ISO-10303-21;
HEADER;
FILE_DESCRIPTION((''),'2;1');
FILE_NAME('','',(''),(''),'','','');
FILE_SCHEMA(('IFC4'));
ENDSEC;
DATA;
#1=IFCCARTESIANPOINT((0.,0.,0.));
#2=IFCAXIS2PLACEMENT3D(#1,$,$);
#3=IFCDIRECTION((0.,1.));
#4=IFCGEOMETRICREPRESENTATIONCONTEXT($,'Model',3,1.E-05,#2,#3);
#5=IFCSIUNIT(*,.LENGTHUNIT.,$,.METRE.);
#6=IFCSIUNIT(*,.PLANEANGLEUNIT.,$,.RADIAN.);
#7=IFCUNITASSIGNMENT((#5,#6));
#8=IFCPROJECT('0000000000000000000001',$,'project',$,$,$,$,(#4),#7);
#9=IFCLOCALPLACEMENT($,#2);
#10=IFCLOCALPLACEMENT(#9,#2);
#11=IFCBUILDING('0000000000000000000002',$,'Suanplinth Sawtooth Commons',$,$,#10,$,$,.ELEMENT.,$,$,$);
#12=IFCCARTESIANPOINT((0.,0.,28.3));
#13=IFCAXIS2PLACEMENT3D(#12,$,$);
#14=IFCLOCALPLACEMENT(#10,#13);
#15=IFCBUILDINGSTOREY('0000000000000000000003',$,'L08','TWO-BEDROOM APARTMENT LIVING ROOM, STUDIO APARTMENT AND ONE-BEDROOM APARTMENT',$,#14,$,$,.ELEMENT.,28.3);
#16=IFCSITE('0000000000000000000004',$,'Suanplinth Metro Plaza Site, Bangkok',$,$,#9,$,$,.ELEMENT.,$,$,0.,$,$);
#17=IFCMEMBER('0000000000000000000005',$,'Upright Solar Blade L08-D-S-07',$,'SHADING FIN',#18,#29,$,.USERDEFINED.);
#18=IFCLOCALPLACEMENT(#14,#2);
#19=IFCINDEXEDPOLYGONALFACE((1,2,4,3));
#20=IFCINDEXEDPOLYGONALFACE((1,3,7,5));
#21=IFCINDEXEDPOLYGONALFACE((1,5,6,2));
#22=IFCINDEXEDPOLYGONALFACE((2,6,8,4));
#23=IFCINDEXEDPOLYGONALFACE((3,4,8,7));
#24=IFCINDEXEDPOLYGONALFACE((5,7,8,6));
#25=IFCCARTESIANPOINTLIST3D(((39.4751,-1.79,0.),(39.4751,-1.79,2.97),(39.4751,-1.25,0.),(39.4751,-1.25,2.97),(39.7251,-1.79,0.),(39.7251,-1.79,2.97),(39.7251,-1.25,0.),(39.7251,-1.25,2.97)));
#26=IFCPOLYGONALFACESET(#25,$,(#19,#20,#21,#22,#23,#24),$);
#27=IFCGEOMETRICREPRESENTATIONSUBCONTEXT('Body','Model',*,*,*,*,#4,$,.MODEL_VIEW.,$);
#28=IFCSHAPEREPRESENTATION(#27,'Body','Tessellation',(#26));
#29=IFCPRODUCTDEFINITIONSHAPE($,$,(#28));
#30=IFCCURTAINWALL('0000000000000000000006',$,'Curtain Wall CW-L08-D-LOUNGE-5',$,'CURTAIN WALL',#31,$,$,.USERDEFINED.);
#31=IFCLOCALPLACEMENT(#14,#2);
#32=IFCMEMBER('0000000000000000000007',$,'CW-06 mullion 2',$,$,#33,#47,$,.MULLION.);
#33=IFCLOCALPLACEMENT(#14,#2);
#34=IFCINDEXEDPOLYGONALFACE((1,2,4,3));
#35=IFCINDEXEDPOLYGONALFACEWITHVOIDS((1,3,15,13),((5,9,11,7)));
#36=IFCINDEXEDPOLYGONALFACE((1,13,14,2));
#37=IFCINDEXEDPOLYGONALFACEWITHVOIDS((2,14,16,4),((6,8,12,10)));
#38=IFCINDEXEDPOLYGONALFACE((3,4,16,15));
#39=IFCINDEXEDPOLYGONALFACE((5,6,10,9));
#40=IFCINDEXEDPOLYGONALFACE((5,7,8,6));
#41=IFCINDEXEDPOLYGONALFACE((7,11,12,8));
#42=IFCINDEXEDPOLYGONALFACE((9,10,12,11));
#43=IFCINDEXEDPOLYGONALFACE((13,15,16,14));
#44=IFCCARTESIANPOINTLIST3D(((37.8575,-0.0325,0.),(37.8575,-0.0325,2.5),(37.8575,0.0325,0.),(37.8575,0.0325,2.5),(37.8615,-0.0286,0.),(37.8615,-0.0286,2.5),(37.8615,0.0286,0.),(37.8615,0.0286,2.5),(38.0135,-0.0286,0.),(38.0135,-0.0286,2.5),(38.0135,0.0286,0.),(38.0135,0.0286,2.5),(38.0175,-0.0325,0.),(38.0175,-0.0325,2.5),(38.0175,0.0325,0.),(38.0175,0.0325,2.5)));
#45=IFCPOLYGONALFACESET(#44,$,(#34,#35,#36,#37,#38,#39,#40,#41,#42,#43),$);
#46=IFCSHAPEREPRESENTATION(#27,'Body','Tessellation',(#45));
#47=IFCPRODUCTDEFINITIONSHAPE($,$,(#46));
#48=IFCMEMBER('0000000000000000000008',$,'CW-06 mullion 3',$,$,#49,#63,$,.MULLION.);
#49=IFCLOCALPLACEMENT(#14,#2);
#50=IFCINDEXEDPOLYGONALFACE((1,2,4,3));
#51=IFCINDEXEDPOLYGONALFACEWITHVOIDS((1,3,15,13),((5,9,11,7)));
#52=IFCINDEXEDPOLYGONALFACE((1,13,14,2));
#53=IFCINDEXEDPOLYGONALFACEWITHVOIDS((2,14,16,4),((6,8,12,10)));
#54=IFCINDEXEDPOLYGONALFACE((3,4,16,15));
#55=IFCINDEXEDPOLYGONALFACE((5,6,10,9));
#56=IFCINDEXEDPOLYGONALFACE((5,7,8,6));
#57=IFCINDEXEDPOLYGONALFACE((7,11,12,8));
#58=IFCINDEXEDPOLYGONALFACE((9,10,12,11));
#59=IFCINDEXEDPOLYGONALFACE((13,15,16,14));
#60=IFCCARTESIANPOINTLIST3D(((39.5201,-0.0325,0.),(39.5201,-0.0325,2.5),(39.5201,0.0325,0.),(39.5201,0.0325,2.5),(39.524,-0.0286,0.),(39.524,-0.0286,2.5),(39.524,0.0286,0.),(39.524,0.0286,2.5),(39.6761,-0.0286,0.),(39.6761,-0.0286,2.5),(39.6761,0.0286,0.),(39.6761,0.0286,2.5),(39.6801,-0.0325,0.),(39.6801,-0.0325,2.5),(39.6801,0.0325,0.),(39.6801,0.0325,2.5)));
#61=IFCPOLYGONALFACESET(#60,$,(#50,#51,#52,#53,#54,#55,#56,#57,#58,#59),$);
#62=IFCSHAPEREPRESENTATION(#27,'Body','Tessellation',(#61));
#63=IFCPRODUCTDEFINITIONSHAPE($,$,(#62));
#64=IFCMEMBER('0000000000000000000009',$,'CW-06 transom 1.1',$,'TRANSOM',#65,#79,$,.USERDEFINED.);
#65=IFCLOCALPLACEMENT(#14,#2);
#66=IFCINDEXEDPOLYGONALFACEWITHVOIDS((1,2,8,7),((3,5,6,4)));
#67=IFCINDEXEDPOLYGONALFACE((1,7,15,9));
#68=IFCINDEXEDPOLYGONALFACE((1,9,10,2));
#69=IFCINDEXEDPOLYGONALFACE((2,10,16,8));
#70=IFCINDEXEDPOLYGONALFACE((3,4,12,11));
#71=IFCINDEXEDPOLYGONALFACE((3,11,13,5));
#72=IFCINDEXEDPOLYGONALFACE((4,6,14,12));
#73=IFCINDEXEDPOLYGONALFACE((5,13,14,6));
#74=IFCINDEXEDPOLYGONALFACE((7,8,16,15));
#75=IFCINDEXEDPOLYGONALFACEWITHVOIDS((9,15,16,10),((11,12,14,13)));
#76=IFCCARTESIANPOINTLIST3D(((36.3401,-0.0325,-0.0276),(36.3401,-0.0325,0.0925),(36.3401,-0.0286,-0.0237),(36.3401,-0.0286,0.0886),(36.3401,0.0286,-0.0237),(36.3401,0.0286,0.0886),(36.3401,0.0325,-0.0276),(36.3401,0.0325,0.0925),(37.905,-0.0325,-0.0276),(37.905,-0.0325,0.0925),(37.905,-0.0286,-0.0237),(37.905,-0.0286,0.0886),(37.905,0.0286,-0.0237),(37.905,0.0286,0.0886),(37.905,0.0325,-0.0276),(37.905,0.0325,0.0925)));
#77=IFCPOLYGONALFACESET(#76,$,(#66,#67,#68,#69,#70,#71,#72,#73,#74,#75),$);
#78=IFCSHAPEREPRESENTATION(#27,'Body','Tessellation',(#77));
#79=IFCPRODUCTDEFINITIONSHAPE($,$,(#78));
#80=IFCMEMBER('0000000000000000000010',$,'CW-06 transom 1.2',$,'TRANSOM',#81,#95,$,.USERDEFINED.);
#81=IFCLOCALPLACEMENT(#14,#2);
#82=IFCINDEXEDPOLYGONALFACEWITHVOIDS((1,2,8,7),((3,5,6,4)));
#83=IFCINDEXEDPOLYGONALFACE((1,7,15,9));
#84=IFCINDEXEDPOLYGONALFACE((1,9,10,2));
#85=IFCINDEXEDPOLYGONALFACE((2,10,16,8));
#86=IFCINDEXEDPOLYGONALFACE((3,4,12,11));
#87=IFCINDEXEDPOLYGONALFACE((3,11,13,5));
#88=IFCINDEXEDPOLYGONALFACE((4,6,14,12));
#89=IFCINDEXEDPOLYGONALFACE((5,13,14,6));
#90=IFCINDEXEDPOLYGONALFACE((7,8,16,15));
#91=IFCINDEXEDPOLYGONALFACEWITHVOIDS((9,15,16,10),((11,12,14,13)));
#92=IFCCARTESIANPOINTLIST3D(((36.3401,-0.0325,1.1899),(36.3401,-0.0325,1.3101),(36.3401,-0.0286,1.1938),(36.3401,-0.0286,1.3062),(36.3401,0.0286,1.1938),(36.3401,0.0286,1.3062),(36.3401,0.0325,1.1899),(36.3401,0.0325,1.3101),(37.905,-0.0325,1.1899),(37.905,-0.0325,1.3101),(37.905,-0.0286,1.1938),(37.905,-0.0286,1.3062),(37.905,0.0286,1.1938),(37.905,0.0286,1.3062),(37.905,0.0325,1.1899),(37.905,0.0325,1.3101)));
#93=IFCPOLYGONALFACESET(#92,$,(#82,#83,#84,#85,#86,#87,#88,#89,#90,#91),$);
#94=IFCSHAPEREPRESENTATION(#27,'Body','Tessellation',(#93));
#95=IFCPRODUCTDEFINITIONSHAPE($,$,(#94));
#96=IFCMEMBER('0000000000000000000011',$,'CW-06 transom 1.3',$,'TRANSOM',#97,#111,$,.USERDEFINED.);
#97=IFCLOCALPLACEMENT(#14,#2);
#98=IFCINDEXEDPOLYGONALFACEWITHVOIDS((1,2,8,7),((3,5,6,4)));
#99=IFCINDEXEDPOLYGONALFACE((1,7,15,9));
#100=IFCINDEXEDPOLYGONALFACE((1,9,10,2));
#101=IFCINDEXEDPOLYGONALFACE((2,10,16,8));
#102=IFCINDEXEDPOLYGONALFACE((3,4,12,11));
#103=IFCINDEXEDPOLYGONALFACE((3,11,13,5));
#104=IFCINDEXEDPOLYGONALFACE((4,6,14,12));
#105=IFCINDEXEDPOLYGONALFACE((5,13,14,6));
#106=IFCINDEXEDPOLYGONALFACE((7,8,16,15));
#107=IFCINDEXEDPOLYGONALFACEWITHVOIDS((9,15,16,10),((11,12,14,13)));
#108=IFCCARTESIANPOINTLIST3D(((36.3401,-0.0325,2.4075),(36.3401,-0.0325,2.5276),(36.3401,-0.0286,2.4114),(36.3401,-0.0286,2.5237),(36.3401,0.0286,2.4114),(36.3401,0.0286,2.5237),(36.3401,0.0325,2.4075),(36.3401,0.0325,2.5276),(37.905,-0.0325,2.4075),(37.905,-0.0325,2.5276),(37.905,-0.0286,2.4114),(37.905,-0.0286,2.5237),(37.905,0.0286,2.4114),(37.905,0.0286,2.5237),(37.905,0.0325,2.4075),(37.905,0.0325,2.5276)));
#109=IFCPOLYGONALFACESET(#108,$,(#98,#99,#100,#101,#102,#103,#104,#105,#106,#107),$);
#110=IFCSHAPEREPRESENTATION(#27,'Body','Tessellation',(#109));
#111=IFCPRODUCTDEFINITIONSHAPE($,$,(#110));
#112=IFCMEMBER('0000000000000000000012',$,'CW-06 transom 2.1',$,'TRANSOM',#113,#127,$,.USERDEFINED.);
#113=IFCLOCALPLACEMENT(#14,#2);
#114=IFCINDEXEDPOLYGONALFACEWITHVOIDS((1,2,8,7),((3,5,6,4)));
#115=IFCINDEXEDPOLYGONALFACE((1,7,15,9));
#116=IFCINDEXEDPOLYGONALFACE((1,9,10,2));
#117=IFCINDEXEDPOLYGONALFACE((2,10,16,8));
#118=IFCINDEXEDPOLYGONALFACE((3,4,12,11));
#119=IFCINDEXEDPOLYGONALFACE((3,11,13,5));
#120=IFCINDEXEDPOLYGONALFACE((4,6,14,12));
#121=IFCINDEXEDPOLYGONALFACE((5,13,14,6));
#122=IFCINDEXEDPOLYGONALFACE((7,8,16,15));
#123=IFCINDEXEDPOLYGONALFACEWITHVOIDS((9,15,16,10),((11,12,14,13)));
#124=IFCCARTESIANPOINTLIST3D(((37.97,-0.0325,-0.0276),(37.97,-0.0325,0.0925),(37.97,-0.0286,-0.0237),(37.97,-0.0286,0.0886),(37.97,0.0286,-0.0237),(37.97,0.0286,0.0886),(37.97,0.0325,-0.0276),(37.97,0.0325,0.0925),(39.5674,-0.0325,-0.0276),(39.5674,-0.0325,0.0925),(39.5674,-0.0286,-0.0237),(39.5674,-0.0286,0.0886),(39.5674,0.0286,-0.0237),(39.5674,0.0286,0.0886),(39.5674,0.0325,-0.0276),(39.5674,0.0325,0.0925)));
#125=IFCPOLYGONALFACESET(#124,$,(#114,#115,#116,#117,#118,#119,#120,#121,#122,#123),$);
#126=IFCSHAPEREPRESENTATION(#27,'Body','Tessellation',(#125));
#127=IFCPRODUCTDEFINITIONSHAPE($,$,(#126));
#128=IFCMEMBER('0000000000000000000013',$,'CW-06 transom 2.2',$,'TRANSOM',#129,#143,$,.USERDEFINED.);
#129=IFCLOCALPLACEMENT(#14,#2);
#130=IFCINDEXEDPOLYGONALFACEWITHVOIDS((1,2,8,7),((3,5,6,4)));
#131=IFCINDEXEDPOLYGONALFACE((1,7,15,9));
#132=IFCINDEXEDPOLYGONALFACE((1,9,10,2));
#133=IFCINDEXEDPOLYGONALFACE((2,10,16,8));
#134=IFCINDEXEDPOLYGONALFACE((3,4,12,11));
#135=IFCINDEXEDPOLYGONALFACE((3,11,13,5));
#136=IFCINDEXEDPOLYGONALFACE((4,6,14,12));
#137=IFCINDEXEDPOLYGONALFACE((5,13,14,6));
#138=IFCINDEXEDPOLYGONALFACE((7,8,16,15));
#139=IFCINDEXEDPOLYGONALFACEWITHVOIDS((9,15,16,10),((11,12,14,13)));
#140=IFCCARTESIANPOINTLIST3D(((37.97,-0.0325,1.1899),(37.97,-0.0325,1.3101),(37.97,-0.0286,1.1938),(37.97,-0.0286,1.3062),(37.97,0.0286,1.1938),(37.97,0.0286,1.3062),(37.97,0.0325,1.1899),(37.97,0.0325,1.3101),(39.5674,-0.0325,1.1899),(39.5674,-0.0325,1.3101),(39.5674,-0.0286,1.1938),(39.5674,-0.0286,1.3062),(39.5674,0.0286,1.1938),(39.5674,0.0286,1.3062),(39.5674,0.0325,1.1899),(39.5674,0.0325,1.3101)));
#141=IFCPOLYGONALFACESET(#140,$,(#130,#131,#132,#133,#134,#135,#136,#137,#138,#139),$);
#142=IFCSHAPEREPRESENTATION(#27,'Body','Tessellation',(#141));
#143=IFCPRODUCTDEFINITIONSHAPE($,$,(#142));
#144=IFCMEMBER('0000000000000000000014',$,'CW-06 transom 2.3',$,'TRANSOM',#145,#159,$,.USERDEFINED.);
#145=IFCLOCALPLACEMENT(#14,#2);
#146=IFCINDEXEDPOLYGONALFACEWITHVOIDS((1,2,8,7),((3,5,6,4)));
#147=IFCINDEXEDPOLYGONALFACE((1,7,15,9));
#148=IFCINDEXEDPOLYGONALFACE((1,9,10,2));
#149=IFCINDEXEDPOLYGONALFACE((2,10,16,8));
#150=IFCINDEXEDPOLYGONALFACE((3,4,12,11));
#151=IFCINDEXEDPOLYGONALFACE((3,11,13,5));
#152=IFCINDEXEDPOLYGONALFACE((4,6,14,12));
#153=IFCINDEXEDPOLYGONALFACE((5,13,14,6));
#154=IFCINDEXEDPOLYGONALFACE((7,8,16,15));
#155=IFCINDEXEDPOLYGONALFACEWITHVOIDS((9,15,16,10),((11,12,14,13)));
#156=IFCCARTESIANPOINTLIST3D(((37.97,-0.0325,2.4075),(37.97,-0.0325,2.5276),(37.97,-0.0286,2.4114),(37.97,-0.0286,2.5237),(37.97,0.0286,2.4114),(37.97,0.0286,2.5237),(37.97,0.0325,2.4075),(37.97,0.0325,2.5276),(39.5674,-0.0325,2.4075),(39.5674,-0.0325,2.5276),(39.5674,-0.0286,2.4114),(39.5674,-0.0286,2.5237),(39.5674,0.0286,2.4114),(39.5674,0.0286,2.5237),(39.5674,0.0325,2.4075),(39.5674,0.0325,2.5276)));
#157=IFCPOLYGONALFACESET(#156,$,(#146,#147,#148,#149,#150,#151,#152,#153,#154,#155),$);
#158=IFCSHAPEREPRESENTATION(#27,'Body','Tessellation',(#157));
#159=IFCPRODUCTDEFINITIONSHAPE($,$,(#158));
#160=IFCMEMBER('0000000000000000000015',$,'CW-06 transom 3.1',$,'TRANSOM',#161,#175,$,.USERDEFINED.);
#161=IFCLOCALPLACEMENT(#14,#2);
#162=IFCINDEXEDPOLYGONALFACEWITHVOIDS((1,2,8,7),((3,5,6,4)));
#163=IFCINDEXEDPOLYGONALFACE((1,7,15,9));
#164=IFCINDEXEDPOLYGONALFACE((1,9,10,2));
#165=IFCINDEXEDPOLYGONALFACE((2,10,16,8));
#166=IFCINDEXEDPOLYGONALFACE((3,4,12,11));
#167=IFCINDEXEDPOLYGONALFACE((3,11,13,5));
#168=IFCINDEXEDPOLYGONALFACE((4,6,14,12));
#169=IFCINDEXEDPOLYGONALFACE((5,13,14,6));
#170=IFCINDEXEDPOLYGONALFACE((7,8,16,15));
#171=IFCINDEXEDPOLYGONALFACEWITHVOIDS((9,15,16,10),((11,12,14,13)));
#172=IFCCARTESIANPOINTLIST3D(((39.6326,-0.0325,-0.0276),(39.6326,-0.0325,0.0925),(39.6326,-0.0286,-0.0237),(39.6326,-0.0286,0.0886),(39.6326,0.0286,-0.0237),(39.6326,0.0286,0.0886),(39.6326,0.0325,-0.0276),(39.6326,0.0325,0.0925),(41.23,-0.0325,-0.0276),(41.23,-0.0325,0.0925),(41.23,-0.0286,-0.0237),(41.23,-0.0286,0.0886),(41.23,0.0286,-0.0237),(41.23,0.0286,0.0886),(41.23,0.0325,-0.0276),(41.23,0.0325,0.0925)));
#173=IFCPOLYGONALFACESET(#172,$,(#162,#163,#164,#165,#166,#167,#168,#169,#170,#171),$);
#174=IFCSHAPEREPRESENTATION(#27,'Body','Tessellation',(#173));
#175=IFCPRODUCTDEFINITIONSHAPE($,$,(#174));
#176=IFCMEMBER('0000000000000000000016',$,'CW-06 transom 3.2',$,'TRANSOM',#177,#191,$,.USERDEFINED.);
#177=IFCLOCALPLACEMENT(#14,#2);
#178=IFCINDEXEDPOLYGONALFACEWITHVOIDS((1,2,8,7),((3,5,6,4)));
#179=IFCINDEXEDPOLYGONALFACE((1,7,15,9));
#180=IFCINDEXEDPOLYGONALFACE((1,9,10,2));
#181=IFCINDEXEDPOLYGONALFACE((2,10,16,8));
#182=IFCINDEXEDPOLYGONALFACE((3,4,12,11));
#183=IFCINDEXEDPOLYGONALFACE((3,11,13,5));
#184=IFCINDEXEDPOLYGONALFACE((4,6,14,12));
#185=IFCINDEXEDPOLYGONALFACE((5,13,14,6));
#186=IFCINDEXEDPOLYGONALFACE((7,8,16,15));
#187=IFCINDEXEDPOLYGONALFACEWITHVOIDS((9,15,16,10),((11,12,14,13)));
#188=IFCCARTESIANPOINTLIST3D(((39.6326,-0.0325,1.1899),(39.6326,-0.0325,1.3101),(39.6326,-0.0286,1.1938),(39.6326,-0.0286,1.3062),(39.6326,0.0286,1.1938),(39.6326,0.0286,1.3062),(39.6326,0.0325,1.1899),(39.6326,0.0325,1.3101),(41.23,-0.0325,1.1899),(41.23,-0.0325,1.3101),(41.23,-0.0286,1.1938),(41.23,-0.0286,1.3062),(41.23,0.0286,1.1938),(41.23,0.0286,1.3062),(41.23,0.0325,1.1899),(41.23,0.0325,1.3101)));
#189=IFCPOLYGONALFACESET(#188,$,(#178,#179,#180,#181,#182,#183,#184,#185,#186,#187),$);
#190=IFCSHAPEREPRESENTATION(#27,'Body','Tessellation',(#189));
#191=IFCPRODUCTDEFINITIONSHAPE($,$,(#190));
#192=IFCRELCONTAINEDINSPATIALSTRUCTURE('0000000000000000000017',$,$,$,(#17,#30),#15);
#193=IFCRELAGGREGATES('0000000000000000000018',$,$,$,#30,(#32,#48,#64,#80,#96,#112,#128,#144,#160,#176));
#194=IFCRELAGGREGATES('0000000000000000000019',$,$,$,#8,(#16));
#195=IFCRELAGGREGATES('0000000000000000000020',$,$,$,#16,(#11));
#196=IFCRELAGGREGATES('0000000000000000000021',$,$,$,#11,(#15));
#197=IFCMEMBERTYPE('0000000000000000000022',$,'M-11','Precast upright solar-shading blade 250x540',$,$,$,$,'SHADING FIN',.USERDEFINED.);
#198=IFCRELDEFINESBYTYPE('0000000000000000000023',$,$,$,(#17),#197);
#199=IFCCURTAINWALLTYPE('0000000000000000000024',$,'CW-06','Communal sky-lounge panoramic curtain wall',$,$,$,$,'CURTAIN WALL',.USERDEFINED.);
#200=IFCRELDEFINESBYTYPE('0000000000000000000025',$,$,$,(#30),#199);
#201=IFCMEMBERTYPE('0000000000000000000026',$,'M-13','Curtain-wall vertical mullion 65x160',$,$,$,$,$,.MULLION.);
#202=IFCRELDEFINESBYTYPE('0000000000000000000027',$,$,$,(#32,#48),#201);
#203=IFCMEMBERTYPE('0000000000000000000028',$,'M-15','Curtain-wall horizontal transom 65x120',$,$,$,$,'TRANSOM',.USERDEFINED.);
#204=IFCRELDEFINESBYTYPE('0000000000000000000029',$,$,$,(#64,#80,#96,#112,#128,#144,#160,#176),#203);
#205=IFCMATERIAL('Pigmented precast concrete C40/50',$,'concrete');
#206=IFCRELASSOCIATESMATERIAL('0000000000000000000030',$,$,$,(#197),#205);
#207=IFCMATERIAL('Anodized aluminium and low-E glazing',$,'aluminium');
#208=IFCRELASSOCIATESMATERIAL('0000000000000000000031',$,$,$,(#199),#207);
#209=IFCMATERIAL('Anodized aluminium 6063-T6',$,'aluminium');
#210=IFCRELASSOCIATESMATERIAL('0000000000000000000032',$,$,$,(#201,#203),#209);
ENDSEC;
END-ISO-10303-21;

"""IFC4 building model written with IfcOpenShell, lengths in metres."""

from ifc_helpers import new_model, si_unit, direction, frame, origin, origin_2d, place, context, subcontext, project, spatial, rectangle, hollow_rectangle, extrude, material, material_profile, profile_set, type_object, element, aggregate, save


model = new_model("IFC4")

# Units and contexts
model_context = context("Model", 3, precision=1e-05, world=origin(), true_north=direction((0.0, 1.0)))
body_context = subcontext(model_context, "Body", "Model", "MODEL_VIEW")
ifc_project = project(units=[si_unit("LENGTHUNIT", "METRE"), si_unit("PLANEANGLEUNIT", "RADIAN")], contexts=[model_context])

# Site, building, storey
site_placement = place(None, origin())
site = spatial("IfcSite", under=ifc_project, at=site_placement, Name="Suanplinth Metro Plaza Site, Bangkok", CompositionType="ELEMENT", RefElevation=0.0)
building_placement = place(site_placement, origin())
building = spatial("IfcBuilding", under=site, at=building_placement, Name="Suanplinth Sawtooth Commons", CompositionType="ELEMENT")
storey_placement = place(building_placement, frame((0.0, 0.0, 28.3)))
storey = spatial("IfcBuildingStorey", under=building, at=storey_placement, Name="L08", Description="TWO-BEDROOM APARTMENT LIVING ROOM, STUDIO APARTMENT AND ONE-BEDROOM APARTMENT", CompositionType="ELEMENT", Elevation=28.3)

# Member
ifc_material_1 = material(Name="Pigmented precast concrete C40/50", Category="concrete")
ifc_material_profile_1 = material_profile(ifc_material_1, rectangle(XDim=0.25, YDim=0.54, at=origin_2d()), Name="PC-FIN 250x540")
ifc_profile_set_1 = profile_set([ifc_material_profile_1], Name="Pigmented precast concrete C40/50")
member_type_1 = type_object("IfcMemberType", Name="M-11", Description="Precast upright solar-shading blade 250x540", ElementType="SHADING FIN", PredefinedType="USERDEFINED", material=ifc_profile_set_1)
member_1_placement = place(storey_placement, frame((39.6001, -1.52, 0.0), z_axis=(0.0, 0.0, 1.0), x_axis=(1.0, 0.0, 0.0)))
element("IfcMember", 1, at=member_1_placement, inside=storey, type_object=member_type_1, Name="Upright Solar Blade L08-D-S-07", ObjectType="SHADING FIN", PredefinedType="USERDEFINED", context=body_context, shape_type="SweptSolid", body=[
    extrude(rectangle(XDim=0.25, YDim=0.54, at=origin_2d()), origin(), (0.0, 0.0, 1.0), 2.97),
])

# Curtain wall, members
ifc_material_2 = material(Name="Anodized aluminium and low-E glazing", Category="aluminium")
curtain_wall_type = type_object("IfcCurtainWallType", Name="CW-06", Description="Communal sky-lounge panoramic curtain wall", ElementType="CURTAIN WALL", PredefinedType="USERDEFINED", material=ifc_material_2)
curtain_wall_placement = place(storey_placement, origin())
curtain_wall = element("IfcCurtainWall", 2, at=curtain_wall_placement, inside=storey, type_object=curtain_wall_type, Name="Curtain Wall CW-L08-D-LOUNGE-5", ObjectType="CURTAIN WALL", PredefinedType="USERDEFINED")
ifc_material_3 = material(Name="Anodized aluminium 6063-T6", Category="aluminium")
ifc_material_profile_2 = material_profile(ifc_material_3, hollow_rectangle(XDim=0.0649, YDim=0.1599, WallThickness=0.0039, at=origin_2d()), Name="ALU-MUL 65x160")
ifc_profile_set_2 = profile_set([ifc_material_profile_2], Name="Anodized aluminium 6063-T6")
member_type_2 = type_object("IfcMemberType", Name="M-13", Description="Curtain-wall vertical mullion 65x160", PredefinedType="MULLION", material=ifc_profile_set_2)
member_2_placement = place(storey_placement, frame((37.9375, 0.0, 0.0), z_axis=(0.0, 0.0, 1.0), x_axis=(0.0, 1.0, 0.0)))
member_2 = element("IfcMember", 3, at=member_2_placement, type_object=member_type_2, Name="CW-06 mullion 2", PredefinedType="MULLION", context=body_context, shape_type="SweptSolid", body=[
    extrude(hollow_rectangle(XDim=0.0649, YDim=0.1599, WallThickness=0.0039, at=origin_2d()), origin(), (0.0, 0.0, 1.0), 2.5),
])
member_3_placement = place(storey_placement, frame((39.6001, 0.0, 0.0), z_axis=(0.0, 0.0, 1.0), x_axis=(0.0, 1.0, 0.0)))
member_3 = element("IfcMember", 4, at=member_3_placement, type_object=member_type_2, Name="CW-06 mullion 3", PredefinedType="MULLION", context=body_context, shape_type="SweptSolid", body=[
    extrude(hollow_rectangle(XDim=0.0649, YDim=0.1599, WallThickness=0.0039, at=origin_2d()), origin(), (0.0, 0.0, 1.0), 2.5),
])
ifc_material_profile_3 = material_profile(ifc_material_3, hollow_rectangle(XDim=0.0649, YDim=0.1201, WallThickness=0.0039, at=origin_2d()), Name="ALU-TRN 65x120")
ifc_profile_set_3 = profile_set([ifc_material_profile_3], Name="Anodized aluminium 6063-T6")
member_type_3 = type_object("IfcMemberType", Name="M-15", Description="Curtain-wall horizontal transom 65x120", ElementType="TRANSOM", PredefinedType="USERDEFINED", material=ifc_profile_set_3)
member_4_placement = place(storey_placement, frame((36.3401, 0.0, 0.0325), z_axis=(1.0, 0.0, 0.0), x_axis=(0.0, 1.0, 0.0)))
member_4 = element("IfcMember", 5, at=member_4_placement, type_object=member_type_3, Name="CW-06 transom 1.1", ObjectType="TRANSOM", PredefinedType="USERDEFINED", context=body_context, shape_type="SweptSolid", body=[
    extrude(hollow_rectangle(XDim=0.0649, YDim=0.1201, WallThickness=0.0039, at=origin_2d()), origin(), (0.0, 0.0, 1.0), 1.5649),
])
member_5_placement = place(storey_placement, frame((36.3401, 0.0, 1.25), z_axis=(1.0, 0.0, 0.0), x_axis=(0.0, 1.0, 0.0)))
member_5 = element("IfcMember", 6, at=member_5_placement, type_object=member_type_3, Name="CW-06 transom 1.2", ObjectType="TRANSOM", PredefinedType="USERDEFINED", context=body_context, shape_type="SweptSolid", body=[
    extrude(hollow_rectangle(XDim=0.0649, YDim=0.1201, WallThickness=0.0039, at=origin_2d()), origin(), (0.0, 0.0, 1.0), 1.5649),
])
member_6_placement = place(storey_placement, frame((36.3401, 0.0, 2.4675), z_axis=(1.0, 0.0, 0.0), x_axis=(0.0, 1.0, 0.0)))
member_6 = element("IfcMember", 7, at=member_6_placement, type_object=member_type_3, Name="CW-06 transom 1.3", ObjectType="TRANSOM", PredefinedType="USERDEFINED", context=body_context, shape_type="SweptSolid", body=[
    extrude(hollow_rectangle(XDim=0.0649, YDim=0.1201, WallThickness=0.0039, at=origin_2d()), origin(), (0.0, 0.0, 1.0), 1.5649),
])
member_7_placement = place(storey_placement, frame((37.97, 0.0, 0.0325), z_axis=(1.0, 0.0, 0.0), x_axis=(0.0, 1.0, 0.0)))
member_7 = element("IfcMember", 8, at=member_7_placement, type_object=member_type_3, Name="CW-06 transom 2.1", ObjectType="TRANSOM", PredefinedType="USERDEFINED", context=body_context, shape_type="SweptSolid", body=[
    extrude(hollow_rectangle(XDim=0.0649, YDim=0.1201, WallThickness=0.0039, at=origin_2d()), origin(), (0.0, 0.0, 1.0), 1.5974),
])
member_8_placement = place(storey_placement, frame((37.97, 0.0, 1.25), z_axis=(1.0, 0.0, 0.0), x_axis=(0.0, 1.0, 0.0)))
member_8 = element("IfcMember", 9, at=member_8_placement, type_object=member_type_3, Name="CW-06 transom 2.2", ObjectType="TRANSOM", PredefinedType="USERDEFINED", context=body_context, shape_type="SweptSolid", body=[
    extrude(hollow_rectangle(XDim=0.0649, YDim=0.1201, WallThickness=0.0039, at=origin_2d()), origin(), (0.0, 0.0, 1.0), 1.5974),
])
member_9_placement = place(storey_placement, frame((37.97, 0.0, 2.4675), z_axis=(1.0, 0.0, 0.0), x_axis=(0.0, 1.0, 0.0)))
member_9 = element("IfcMember", 10, at=member_9_placement, type_object=member_type_3, Name="CW-06 transom 2.3", ObjectType="TRANSOM", PredefinedType="USERDEFINED", context=body_context, shape_type="SweptSolid", body=[
    extrude(hollow_rectangle(XDim=0.0649, YDim=0.1201, WallThickness=0.0039, at=origin_2d()), origin(), (0.0, 0.0, 1.0), 1.5974),
])
member_10_placement = place(storey_placement, frame((39.6326, 0.0, 0.0325), z_axis=(1.0, 0.0, 0.0), x_axis=(0.0, 1.0, 0.0)))
member_10 = element("IfcMember", 11, at=member_10_placement, type_object=member_type_3, Name="CW-06 transom 3.1", ObjectType="TRANSOM", PredefinedType="USERDEFINED", context=body_context, shape_type="SweptSolid", body=[
    extrude(hollow_rectangle(XDim=0.0649, YDim=0.1201, WallThickness=0.0039, at=origin_2d()), origin(), (0.0, 0.0, 1.0), 1.5974),
])
member_11_placement = place(storey_placement, frame((39.6326, 0.0, 1.25), z_axis=(1.0, 0.0, 0.0), x_axis=(0.0, 1.0, 0.0)))
member_11 = element("IfcMember", 12, at=member_11_placement, type_object=member_type_3, Name="CW-06 transom 3.2", ObjectType="TRANSOM", PredefinedType="USERDEFINED", context=body_context, shape_type="SweptSolid", body=[
    extrude(hollow_rectangle(XDim=0.0649, YDim=0.1201, WallThickness=0.0039, at=origin_2d()), origin(), (0.0, 0.0, 1.0), 1.5974),
])
aggregate(curtain_wall, [member_2, member_3, member_4, member_5, member_6, member_7, member_8, member_9, member_10, member_11])

save(model, "model.ifc")
